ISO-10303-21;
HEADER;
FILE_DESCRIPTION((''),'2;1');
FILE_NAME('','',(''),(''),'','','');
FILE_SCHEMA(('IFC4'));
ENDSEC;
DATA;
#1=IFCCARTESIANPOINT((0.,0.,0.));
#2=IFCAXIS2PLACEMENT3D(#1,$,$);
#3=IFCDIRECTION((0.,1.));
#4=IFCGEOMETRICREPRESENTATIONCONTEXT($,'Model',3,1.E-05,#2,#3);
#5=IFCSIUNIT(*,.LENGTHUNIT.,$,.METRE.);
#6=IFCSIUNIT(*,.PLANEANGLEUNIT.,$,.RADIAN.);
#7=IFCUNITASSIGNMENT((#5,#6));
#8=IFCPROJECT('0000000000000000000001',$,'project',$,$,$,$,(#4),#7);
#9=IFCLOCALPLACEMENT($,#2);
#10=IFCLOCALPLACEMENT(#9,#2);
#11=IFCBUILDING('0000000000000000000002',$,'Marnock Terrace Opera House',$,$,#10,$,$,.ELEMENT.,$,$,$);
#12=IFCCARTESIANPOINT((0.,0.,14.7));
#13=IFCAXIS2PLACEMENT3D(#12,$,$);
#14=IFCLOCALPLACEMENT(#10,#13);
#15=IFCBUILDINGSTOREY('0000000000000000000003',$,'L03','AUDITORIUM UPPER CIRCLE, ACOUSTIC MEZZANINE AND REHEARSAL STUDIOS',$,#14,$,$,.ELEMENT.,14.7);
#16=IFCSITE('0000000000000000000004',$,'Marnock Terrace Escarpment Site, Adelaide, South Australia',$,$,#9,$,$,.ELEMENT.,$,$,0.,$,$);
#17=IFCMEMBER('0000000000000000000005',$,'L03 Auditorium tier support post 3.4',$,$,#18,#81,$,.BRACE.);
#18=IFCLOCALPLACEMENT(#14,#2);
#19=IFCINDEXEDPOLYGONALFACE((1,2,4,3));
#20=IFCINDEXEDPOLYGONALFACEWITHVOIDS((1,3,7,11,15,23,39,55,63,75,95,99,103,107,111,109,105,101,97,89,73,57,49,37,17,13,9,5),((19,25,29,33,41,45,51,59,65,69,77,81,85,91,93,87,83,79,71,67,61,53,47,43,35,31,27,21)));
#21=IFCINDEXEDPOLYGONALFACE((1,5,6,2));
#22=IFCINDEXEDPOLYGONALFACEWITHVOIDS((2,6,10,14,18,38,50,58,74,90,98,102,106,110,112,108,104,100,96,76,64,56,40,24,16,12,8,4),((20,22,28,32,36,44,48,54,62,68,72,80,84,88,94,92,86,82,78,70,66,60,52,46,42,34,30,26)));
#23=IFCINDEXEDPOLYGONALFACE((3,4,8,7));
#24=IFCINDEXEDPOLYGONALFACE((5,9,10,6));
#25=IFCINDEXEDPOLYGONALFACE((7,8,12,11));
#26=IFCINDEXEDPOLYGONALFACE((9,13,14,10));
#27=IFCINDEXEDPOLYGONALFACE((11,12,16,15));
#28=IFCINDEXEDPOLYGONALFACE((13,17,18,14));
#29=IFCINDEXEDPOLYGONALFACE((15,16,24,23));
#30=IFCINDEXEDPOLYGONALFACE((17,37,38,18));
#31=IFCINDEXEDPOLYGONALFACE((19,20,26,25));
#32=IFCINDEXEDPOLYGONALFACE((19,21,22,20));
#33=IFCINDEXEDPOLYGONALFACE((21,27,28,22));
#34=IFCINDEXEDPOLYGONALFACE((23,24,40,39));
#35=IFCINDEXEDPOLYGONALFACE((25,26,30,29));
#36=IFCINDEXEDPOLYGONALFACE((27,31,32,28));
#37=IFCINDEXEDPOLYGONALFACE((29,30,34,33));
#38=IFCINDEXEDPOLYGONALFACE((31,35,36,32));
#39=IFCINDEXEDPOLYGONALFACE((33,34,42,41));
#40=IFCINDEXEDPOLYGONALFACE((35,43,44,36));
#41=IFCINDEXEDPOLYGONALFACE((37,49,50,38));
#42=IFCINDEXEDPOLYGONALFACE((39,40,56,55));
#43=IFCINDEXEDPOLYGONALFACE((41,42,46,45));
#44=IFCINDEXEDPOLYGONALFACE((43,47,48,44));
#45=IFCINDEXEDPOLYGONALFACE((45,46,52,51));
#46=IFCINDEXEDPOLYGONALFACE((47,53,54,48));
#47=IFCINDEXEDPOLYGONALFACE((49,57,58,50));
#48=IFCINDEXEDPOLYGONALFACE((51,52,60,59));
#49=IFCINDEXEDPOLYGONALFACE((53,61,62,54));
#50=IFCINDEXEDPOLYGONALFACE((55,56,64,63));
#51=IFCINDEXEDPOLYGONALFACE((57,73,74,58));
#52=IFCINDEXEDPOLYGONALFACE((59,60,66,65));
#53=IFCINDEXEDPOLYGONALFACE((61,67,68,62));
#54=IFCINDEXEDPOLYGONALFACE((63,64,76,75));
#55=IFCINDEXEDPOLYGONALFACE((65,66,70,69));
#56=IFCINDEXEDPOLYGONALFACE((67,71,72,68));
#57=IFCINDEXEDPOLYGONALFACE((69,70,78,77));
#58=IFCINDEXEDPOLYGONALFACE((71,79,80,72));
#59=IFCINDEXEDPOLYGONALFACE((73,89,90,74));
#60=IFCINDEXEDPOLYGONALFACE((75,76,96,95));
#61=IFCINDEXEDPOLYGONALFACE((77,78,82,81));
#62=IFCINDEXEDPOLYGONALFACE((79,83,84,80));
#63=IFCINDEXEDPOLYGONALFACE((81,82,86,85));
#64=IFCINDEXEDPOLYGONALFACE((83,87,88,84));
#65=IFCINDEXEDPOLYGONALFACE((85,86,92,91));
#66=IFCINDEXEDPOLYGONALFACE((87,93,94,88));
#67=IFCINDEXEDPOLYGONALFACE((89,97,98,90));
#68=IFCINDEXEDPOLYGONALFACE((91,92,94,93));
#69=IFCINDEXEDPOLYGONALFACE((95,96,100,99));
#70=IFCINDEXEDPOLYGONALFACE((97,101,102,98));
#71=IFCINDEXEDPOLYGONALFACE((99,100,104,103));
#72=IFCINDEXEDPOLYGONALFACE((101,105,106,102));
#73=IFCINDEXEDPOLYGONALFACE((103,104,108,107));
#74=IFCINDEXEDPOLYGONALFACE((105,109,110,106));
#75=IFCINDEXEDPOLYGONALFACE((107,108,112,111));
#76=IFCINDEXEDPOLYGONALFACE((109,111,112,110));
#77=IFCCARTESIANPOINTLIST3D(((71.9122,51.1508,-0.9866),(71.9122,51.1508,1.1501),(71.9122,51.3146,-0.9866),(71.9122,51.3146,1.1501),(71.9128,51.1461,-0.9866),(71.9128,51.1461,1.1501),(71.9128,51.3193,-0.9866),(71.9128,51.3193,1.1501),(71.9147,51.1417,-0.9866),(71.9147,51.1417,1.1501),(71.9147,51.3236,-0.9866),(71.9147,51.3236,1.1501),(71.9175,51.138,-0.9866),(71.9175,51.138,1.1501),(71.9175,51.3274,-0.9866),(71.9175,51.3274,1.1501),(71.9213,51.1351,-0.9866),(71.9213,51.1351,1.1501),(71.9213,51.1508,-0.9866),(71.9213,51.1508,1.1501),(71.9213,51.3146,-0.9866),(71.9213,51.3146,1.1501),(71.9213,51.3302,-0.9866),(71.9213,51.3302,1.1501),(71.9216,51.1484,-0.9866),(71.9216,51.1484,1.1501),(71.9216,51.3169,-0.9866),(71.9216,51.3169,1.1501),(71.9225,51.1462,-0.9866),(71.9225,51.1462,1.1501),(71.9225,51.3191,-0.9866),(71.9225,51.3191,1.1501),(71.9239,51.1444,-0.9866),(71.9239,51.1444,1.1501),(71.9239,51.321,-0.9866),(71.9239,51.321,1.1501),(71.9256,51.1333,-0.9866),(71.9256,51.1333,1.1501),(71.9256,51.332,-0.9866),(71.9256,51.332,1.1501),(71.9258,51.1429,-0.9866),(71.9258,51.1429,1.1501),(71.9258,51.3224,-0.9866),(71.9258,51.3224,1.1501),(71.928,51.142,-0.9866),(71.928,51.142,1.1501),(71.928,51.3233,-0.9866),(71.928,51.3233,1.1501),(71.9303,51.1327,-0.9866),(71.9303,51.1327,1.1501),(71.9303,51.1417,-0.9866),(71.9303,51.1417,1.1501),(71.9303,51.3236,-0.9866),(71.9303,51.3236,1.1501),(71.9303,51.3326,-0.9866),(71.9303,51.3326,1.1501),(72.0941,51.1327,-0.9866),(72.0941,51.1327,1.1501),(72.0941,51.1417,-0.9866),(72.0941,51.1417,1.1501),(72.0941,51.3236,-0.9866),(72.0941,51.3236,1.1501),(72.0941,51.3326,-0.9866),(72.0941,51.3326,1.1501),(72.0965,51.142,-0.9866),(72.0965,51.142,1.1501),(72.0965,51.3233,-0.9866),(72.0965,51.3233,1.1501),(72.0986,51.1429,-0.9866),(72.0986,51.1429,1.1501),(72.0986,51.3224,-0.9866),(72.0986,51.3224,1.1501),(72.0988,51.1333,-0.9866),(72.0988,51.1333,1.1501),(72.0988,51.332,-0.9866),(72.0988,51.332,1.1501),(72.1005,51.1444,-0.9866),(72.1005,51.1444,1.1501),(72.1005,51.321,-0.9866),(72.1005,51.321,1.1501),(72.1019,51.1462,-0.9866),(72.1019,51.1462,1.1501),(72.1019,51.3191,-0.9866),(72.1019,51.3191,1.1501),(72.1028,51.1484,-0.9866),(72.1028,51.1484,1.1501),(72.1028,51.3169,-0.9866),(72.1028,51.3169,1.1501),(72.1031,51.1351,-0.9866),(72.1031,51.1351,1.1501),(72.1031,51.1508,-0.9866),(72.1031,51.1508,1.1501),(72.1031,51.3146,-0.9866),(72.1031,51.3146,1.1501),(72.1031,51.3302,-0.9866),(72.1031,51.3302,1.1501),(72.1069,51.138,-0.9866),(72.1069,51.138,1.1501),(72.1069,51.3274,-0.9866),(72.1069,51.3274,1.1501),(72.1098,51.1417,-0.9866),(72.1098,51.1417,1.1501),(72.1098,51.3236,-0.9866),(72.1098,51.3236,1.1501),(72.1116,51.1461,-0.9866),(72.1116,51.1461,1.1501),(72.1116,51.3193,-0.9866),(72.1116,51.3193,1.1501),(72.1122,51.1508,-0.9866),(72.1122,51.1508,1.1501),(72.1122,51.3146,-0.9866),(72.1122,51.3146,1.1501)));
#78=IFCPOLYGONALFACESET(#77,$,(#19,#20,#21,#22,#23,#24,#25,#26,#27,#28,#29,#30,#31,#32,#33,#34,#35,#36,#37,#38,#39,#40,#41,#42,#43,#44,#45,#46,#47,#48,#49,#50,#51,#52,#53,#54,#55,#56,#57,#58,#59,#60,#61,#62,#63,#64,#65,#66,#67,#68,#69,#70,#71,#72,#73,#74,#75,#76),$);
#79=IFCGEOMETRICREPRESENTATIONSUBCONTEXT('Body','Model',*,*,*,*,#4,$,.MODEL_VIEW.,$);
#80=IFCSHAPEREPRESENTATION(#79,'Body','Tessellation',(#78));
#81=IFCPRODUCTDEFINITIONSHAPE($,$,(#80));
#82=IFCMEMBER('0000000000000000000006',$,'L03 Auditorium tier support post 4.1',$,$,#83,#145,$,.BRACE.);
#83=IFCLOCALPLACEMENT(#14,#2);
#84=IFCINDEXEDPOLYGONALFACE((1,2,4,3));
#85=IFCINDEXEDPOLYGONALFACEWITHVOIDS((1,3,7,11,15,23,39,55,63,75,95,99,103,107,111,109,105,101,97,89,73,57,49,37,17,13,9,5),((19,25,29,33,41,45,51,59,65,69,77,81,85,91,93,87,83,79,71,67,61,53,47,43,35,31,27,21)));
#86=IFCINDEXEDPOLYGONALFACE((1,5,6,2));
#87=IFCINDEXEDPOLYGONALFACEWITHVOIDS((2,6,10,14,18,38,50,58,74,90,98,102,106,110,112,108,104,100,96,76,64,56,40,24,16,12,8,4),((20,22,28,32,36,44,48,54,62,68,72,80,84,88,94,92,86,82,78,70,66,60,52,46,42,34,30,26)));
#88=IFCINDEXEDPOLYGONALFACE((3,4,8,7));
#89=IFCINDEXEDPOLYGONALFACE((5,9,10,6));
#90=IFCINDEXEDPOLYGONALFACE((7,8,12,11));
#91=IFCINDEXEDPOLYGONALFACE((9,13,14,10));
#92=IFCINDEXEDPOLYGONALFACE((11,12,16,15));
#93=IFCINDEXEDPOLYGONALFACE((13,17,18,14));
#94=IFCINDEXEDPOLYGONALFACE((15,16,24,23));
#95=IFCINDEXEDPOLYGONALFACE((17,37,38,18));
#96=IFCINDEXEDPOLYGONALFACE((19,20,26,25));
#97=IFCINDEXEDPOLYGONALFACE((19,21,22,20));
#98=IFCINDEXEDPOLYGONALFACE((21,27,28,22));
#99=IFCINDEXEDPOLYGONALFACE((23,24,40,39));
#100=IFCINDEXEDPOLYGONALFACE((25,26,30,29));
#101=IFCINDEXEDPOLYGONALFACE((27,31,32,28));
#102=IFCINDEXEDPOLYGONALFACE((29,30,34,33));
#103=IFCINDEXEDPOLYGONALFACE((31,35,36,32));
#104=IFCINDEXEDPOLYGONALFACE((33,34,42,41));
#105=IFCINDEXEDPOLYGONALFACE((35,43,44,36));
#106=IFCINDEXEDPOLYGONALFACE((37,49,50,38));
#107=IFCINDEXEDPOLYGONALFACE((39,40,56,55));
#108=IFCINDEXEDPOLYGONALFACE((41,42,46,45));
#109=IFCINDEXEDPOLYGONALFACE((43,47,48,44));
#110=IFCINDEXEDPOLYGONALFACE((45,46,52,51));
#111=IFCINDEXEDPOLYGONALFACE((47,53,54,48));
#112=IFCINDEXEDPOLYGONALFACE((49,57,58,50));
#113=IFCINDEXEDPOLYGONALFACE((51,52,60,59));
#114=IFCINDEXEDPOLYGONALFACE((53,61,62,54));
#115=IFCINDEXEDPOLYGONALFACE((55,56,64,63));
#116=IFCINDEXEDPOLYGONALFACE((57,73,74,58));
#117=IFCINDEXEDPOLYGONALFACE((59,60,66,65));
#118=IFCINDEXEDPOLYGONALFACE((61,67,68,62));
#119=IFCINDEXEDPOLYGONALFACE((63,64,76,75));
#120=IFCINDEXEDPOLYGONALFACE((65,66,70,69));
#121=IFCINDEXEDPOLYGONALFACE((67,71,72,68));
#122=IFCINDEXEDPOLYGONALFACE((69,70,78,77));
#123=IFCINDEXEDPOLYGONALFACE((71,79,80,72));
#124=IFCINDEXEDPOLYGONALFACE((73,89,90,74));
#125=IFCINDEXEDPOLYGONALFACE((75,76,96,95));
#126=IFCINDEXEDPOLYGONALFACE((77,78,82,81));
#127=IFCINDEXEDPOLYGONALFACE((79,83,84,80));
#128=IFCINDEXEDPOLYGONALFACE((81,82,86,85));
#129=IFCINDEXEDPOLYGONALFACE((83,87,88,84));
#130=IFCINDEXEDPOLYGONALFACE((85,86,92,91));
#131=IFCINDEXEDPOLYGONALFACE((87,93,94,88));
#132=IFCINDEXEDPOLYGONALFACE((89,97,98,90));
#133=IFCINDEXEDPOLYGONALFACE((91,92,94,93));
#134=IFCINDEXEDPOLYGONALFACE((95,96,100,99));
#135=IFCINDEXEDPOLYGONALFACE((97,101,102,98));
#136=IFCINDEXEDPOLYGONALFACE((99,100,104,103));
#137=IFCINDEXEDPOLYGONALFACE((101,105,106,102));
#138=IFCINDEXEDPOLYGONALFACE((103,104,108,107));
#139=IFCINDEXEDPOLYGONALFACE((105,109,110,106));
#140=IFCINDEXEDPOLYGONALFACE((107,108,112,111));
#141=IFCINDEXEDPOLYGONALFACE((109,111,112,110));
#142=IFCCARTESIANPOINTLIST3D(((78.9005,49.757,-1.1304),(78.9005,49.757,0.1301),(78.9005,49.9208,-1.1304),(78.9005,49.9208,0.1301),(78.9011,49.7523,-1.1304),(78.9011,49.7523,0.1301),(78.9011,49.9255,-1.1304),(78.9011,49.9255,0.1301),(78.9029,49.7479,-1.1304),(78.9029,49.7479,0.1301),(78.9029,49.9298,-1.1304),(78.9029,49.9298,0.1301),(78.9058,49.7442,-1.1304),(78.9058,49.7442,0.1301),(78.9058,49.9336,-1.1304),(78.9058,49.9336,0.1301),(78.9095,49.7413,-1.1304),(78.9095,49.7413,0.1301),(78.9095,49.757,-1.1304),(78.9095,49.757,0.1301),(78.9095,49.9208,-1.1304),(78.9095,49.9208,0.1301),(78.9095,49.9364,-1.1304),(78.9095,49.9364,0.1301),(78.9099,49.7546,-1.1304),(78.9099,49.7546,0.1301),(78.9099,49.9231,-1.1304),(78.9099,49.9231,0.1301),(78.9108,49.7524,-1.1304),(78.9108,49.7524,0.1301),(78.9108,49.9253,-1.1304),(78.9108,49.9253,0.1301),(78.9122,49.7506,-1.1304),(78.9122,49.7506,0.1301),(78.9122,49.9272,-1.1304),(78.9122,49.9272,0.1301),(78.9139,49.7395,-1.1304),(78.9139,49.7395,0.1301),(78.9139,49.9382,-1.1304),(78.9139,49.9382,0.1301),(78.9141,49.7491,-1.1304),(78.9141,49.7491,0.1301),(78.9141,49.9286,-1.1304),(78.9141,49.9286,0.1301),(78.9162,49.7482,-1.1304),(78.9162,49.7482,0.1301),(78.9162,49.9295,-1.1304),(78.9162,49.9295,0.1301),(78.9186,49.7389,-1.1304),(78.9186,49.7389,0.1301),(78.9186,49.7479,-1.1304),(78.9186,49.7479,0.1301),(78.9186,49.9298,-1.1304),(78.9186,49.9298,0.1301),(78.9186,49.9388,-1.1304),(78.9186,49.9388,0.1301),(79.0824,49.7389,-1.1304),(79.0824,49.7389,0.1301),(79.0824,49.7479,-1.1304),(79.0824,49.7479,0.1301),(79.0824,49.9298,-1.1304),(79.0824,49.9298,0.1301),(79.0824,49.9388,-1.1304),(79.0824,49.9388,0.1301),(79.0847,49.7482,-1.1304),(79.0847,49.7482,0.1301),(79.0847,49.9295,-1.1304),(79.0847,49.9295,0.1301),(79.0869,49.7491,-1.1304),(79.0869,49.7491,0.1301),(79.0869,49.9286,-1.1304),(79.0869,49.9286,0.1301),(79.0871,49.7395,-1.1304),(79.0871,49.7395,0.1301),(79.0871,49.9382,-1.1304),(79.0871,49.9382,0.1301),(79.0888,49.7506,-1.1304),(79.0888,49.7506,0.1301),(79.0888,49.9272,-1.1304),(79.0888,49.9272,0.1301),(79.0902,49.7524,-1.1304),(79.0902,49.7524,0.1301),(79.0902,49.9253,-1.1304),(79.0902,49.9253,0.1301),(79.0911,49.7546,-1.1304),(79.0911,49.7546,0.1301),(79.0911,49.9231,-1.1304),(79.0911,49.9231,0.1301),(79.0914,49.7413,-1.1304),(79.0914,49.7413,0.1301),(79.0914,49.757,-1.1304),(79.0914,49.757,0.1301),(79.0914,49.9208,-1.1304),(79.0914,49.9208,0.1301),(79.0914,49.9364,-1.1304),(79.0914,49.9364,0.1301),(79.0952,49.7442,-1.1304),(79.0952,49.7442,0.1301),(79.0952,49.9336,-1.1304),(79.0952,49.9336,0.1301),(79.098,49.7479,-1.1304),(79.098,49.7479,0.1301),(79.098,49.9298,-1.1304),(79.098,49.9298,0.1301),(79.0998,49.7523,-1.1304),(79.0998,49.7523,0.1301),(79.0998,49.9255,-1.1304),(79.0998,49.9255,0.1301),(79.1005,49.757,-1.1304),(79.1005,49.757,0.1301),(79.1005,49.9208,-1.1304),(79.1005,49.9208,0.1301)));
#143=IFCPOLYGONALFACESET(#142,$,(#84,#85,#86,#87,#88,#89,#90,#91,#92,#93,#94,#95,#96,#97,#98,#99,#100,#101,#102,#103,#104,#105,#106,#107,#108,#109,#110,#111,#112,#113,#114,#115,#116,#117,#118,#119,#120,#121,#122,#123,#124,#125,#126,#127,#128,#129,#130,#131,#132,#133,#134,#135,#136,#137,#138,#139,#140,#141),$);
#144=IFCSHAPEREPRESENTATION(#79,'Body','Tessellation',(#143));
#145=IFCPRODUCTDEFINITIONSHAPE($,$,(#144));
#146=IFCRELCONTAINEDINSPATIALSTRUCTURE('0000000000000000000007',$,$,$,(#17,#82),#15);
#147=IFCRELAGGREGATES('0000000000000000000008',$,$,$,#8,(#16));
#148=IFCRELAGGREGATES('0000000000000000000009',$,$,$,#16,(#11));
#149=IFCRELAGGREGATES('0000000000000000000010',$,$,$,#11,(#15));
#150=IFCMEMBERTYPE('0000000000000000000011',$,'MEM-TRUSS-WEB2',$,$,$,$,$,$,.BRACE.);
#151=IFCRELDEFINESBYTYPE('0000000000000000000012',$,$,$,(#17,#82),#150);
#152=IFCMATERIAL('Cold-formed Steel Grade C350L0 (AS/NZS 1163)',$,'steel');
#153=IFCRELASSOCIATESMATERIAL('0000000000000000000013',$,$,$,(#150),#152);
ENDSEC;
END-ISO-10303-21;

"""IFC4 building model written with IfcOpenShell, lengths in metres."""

from ifc_helpers import new_model, si_unit, direction, frame, origin, origin_2d, place, context, subcontext, project, spatial, hollow_rectangle, extrude, material, material_profile, profile_set, type_object, element, save


model = new_model("IFC4")

# Units and contexts
model_context = context("Model", 3, precision=1e-05, world=origin(), true_north=direction((0.0, 1.0)))
body_context = subcontext(model_context, "Body", "Model", "MODEL_VIEW")
ifc_project = project(units=[si_unit("LENGTHUNIT", "METRE"), si_unit("PLANEANGLEUNIT", "RADIAN")], contexts=[model_context])

# Site, building, storey
site_placement = place(None, origin())
site = spatial("IfcSite", under=ifc_project, at=site_placement, Name="Marnock Terrace Escarpment Site, Adelaide, South Australia", CompositionType="ELEMENT", RefElevation=0.0)
building_placement = place(site_placement, origin())
building = spatial("IfcBuilding", under=site, at=building_placement, Name="Marnock Terrace Opera House", CompositionType="ELEMENT")
storey_placement = place(building_placement, frame((0.0, 0.0, 14.7)))
storey = spatial("IfcBuildingStorey", under=building, at=storey_placement, Name="L03", Description="AUDITORIUM UPPER CIRCLE, ACOUSTIC MEZZANINE AND REHEARSAL STUDIOS", CompositionType="ELEMENT", Elevation=14.7)

# Members
ifc_material_1 = material(Name="Cold-formed Steel Grade C350L0 (AS/NZS 1163)", Category="steel")
ifc_material_profile_1 = material_profile(ifc_material_1, hollow_rectangle(XDim=0.2, YDim=0.2, WallThickness=0.009, InnerFilletRadius=0.009, OuterFilletRadius=0.0181, at=origin_2d()))
ifc_profile_set_1 = profile_set([ifc_material_profile_1], Name="Cold-formed Steel Grade C350L0 (AS/NZS 1163)")
member_type = type_object("IfcMemberType", Name="MEM-TRUSS-WEB2", PredefinedType="BRACE", material=ifc_profile_set_1)
member_1_placement = place(storey_placement, frame((72.0122, 51.2327, -0.9866), z_axis=(0.0, 0.0, 1.0), x_axis=(1.0, 0.0, 0.0)))
element("IfcMember", 1, at=member_1_placement, inside=storey, type_object=member_type, Name="L03 Auditorium tier support post 3.4", PredefinedType="BRACE", context=body_context, shape_type="SweptSolid", body=[
    extrude(hollow_rectangle(XDim=0.2, YDim=0.2, WallThickness=0.009, InnerFilletRadius=0.009, OuterFilletRadius=0.0181, at=origin_2d()), origin(), (0.0, 0.0, 1.0), 2.1367),
])
member_2_placement = place(storey_placement, frame((79.0005, 49.8389, -1.1304), z_axis=(0.0, 0.0, 1.0), x_axis=(1.0, 0.0, 0.0)))
element("IfcMember", 2, at=member_2_placement, inside=storey, type_object=member_type, Name="L03 Auditorium tier support post 4.1", PredefinedType="BRACE", context=body_context, shape_type="SweptSolid", body=[
    extrude(hollow_rectangle(XDim=0.2, YDim=0.2, WallThickness=0.009, InnerFilletRadius=0.009, OuterFilletRadius=0.0181, at=origin_2d()), origin(), (0.0, 0.0, 1.0), 1.2605),
])

save(model, "model.ifc")
